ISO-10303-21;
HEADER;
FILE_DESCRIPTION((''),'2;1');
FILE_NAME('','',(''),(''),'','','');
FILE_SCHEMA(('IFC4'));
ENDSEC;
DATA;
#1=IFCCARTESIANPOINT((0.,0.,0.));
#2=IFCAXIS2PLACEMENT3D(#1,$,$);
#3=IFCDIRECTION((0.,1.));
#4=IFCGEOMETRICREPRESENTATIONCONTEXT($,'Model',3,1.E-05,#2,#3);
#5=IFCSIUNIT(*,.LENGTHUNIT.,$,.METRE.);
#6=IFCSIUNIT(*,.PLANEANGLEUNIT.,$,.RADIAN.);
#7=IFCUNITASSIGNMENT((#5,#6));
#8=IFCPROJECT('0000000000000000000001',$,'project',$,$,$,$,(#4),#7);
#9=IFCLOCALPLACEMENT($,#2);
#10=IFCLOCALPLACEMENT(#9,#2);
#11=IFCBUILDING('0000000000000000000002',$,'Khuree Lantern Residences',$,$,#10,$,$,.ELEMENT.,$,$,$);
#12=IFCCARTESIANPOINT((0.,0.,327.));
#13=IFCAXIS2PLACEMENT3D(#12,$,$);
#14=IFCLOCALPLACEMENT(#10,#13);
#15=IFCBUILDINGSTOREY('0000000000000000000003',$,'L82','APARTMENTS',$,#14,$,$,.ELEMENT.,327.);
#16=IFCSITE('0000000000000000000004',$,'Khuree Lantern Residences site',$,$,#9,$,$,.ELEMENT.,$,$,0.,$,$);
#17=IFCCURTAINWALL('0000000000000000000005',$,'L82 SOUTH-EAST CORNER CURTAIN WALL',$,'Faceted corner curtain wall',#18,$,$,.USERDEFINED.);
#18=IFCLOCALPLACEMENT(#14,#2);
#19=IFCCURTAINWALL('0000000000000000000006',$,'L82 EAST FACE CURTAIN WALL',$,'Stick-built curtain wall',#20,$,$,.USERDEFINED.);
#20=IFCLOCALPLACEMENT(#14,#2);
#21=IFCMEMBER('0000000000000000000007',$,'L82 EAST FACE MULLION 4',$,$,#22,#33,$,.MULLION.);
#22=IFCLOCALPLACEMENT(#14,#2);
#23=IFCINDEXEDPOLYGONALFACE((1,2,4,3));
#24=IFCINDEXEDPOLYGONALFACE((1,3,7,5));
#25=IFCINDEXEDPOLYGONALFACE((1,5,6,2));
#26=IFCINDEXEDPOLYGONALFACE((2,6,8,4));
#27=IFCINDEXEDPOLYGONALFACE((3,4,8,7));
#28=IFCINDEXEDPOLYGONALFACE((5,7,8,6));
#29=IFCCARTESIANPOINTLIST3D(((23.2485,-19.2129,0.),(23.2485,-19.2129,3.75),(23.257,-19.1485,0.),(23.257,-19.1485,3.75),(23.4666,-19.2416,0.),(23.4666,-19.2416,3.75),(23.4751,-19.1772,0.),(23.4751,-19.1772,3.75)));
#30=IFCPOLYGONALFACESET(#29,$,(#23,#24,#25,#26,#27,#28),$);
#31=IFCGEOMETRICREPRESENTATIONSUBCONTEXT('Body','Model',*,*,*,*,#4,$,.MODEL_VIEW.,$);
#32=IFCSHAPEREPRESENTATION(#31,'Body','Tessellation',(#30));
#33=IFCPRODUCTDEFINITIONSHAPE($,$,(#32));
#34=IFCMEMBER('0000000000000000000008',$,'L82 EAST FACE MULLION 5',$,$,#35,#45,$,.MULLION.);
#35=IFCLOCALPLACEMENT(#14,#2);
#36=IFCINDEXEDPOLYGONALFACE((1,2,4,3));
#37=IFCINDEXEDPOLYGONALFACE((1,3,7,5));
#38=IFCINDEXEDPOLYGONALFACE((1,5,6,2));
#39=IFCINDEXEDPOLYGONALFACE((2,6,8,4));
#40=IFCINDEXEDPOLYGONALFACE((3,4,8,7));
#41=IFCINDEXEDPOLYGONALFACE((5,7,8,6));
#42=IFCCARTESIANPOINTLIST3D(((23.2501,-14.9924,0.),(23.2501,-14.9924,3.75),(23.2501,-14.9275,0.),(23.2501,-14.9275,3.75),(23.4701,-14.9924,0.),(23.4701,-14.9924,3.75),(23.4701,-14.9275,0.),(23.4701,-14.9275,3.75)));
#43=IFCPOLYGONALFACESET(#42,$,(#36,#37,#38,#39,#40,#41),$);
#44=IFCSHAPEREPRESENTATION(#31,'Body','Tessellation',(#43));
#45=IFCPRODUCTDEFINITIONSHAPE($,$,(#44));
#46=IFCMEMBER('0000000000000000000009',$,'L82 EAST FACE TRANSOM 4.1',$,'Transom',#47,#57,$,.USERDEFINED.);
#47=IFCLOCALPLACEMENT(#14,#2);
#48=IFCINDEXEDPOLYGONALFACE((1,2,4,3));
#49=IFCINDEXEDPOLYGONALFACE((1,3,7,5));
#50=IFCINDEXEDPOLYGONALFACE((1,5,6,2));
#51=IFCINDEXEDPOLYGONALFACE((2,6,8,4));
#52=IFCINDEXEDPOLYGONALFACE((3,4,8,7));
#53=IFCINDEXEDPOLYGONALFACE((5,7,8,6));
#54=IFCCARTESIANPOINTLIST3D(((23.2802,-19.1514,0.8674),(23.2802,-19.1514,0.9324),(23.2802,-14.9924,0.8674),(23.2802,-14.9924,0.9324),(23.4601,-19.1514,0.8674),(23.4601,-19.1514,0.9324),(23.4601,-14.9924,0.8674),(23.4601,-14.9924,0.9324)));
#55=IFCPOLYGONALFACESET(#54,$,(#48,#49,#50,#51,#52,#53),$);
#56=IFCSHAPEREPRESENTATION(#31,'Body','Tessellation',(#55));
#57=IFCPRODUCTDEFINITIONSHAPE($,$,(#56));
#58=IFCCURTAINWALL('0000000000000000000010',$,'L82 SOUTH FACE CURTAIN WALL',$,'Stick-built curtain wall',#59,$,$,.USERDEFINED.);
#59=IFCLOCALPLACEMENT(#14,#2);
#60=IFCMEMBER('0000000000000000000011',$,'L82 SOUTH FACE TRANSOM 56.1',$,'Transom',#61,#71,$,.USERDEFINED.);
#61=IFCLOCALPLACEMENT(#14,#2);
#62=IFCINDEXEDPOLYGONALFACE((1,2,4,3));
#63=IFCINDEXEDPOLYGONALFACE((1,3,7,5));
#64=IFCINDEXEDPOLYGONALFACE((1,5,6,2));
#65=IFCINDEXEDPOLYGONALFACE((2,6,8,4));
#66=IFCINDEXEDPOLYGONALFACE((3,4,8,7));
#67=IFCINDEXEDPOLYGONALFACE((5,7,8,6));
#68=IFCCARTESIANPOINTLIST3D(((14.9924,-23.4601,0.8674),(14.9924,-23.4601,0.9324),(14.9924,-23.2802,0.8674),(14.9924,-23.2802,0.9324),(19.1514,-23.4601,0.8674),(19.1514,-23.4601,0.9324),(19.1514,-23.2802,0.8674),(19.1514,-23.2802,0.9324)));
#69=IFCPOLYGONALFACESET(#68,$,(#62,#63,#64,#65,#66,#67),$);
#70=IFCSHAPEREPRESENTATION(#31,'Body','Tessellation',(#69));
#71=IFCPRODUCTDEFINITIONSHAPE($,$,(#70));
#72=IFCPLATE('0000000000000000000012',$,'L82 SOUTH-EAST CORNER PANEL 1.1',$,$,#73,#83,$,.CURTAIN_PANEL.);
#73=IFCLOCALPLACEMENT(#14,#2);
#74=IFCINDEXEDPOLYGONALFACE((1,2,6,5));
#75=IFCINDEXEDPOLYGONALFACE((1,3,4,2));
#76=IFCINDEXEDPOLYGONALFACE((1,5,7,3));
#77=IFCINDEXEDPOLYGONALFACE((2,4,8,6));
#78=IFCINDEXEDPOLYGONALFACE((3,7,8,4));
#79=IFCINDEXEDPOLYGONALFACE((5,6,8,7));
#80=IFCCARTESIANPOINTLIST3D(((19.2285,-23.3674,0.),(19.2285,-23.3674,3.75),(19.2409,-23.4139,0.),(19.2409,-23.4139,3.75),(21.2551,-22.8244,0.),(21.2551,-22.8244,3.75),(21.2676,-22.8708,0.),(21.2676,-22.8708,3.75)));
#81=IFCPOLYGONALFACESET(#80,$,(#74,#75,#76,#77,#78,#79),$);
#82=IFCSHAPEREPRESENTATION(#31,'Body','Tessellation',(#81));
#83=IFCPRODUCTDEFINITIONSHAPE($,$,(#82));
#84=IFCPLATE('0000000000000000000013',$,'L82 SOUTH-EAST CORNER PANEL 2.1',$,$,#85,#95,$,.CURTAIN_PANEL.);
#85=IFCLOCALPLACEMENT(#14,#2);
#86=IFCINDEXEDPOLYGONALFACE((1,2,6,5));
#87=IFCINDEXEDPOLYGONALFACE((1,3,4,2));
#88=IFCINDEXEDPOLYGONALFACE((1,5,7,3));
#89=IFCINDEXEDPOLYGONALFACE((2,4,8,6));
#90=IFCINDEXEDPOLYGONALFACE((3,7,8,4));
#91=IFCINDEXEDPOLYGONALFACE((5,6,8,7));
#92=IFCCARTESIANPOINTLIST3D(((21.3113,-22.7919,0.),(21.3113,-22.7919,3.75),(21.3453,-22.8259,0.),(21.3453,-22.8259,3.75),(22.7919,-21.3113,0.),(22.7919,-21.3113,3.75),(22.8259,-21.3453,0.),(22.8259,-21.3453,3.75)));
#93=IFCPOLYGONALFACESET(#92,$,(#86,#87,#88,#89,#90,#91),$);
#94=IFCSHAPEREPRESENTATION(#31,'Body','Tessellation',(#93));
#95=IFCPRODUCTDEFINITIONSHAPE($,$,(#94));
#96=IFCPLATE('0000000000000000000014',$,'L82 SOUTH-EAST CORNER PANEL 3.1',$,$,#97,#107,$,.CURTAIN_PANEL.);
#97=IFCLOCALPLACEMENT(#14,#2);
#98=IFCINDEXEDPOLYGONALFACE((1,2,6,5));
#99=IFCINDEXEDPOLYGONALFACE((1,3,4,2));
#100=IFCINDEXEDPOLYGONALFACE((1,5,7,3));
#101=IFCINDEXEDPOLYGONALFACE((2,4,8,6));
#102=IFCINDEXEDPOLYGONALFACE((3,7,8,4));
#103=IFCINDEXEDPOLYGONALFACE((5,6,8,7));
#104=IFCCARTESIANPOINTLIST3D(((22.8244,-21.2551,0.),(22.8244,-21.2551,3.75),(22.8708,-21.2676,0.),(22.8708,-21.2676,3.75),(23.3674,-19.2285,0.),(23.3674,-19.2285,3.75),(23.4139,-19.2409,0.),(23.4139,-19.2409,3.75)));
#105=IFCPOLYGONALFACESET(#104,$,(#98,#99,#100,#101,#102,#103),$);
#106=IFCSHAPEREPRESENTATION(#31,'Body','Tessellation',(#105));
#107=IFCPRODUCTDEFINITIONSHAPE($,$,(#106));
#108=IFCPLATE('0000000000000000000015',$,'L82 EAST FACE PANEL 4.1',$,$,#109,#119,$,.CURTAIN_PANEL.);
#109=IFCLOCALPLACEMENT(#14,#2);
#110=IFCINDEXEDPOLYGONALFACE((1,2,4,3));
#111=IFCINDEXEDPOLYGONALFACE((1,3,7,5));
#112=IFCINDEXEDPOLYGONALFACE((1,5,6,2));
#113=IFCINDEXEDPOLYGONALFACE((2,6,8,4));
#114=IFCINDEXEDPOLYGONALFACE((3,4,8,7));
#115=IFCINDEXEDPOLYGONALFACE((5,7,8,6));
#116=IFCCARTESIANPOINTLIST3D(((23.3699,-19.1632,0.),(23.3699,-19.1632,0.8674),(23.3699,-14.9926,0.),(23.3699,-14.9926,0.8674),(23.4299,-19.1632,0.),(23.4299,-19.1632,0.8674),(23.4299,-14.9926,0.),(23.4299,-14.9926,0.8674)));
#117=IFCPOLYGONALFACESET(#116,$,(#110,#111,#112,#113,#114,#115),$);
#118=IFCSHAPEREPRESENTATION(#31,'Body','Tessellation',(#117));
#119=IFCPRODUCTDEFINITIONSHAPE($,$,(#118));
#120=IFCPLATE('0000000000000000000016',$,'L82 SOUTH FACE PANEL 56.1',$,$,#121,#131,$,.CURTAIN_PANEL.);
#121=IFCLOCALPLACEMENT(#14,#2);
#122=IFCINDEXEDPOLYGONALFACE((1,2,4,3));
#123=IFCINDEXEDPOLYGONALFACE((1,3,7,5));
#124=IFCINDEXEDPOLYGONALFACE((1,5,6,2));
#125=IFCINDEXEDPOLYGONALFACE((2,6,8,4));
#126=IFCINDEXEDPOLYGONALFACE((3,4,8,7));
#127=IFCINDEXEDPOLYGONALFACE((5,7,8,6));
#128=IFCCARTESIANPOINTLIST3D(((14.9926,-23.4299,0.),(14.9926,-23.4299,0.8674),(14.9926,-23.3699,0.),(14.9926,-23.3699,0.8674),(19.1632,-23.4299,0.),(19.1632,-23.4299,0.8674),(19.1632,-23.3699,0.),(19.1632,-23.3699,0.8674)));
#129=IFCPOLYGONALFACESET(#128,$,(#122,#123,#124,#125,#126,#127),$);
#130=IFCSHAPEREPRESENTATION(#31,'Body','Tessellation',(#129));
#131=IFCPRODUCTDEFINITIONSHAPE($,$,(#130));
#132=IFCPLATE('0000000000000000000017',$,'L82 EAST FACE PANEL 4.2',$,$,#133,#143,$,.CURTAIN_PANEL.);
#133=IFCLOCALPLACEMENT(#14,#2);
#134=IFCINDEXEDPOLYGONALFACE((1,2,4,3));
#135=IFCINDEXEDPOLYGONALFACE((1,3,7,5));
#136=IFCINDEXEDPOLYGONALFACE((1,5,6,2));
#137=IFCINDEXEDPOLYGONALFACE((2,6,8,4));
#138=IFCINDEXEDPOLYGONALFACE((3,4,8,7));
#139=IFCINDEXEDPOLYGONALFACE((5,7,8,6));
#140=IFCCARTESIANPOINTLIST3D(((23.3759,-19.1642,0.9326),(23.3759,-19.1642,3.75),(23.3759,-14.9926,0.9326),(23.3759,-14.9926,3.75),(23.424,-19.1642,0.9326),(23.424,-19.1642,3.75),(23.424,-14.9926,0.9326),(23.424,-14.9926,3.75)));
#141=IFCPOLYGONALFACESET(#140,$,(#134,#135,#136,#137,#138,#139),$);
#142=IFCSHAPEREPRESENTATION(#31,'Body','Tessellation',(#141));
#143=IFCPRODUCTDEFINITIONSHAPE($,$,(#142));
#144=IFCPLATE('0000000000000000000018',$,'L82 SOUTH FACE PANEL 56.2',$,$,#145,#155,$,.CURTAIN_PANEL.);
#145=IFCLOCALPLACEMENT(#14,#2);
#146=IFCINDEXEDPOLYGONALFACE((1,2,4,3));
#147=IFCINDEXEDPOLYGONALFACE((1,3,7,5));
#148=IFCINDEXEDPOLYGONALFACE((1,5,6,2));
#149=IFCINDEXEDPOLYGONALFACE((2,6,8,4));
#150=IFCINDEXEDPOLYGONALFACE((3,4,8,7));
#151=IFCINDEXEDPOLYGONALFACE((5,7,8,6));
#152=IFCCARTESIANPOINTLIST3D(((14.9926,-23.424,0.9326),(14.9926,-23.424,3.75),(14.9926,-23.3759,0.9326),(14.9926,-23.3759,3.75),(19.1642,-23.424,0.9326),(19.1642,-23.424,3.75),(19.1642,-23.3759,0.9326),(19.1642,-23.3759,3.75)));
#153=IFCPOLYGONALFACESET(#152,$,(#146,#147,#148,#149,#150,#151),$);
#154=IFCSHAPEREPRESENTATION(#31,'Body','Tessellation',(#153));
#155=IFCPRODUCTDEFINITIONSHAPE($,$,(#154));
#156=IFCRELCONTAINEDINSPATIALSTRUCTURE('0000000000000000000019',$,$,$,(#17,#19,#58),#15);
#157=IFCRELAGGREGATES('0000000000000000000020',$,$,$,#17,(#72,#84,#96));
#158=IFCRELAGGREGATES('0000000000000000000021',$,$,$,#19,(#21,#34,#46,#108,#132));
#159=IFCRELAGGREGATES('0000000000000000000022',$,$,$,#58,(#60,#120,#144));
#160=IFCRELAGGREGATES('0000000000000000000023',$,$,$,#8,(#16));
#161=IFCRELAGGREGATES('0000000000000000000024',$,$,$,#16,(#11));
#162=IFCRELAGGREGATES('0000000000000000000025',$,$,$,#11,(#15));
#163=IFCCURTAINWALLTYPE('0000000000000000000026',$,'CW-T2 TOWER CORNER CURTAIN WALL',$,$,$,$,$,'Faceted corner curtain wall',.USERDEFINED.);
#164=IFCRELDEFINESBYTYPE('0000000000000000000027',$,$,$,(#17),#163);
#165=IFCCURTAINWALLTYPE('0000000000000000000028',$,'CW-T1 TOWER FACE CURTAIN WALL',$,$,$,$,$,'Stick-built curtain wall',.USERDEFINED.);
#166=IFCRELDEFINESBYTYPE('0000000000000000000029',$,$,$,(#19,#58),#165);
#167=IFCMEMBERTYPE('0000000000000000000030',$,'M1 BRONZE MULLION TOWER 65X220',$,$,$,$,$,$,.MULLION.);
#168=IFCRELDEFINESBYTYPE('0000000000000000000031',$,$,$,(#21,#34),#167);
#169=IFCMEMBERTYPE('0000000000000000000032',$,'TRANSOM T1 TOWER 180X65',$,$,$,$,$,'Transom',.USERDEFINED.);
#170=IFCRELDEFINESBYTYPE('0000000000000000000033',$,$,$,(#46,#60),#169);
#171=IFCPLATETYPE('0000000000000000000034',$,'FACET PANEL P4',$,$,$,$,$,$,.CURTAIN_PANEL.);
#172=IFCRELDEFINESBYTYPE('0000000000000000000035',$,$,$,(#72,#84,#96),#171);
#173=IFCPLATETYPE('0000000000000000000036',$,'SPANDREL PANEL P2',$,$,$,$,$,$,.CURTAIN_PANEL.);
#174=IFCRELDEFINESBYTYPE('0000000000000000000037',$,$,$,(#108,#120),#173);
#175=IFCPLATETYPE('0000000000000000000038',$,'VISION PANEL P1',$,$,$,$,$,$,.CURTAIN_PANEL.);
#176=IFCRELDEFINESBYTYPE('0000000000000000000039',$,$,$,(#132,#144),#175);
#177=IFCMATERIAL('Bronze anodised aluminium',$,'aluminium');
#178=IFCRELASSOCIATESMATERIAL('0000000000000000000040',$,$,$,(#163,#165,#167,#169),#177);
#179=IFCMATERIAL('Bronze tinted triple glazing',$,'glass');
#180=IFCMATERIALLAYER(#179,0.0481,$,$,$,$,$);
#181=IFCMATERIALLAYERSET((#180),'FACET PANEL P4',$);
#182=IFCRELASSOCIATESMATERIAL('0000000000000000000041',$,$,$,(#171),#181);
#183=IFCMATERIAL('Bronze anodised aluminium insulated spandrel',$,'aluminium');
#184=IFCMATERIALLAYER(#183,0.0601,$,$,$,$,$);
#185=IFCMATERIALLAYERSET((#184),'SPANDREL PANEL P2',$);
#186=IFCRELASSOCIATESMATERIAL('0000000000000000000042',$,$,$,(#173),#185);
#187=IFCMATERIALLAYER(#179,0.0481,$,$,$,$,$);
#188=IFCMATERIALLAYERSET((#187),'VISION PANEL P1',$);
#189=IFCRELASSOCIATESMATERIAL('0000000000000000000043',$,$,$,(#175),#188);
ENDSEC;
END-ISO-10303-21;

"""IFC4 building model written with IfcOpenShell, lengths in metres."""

from ifc_helpers import new_model, si_unit, direction, frame, origin, origin_2d, place, context, subcontext, project, spatial, rectangle, extrude, material, layer, layer_set, material_profile, profile_set, type_object, element, aggregate, save


model = new_model("IFC4")

# Units and contexts
model_context = context("Model", 3, precision=1e-05, world=origin(), true_north=direction((0.0, 1.0)))
body_context = subcontext(model_context, "Body", "Model", "MODEL_VIEW")
ifc_project = project(units=[si_unit("LENGTHUNIT", "METRE"), si_unit("PLANEANGLEUNIT", "RADIAN")], contexts=[model_context])

# Site, building, storey
site_placement = place(None, origin())
site = spatial("IfcSite", under=ifc_project, at=site_placement, Name="Khuree Lantern Residences site", CompositionType="ELEMENT", RefElevation=0.0)
building_placement = place(site_placement, origin())
building = spatial("IfcBuilding", under=site, at=building_placement, Name="Khuree Lantern Residences", CompositionType="ELEMENT")
storey_placement = place(building_placement, frame((0.0, 0.0, 327.0)))
storey = spatial("IfcBuildingStorey", under=building, at=storey_placement, Name="L82", Description="APARTMENTS", CompositionType="ELEMENT", Elevation=327.0)

# Curtain wall
ifc_material_1 = material(Name="Bronze anodised aluminium", Category="aluminium")
curtain_wall_type_1 = type_object("IfcCurtainWallType", Name="CW-T2 TOWER CORNER CURTAIN WALL", ElementType="Faceted corner curtain wall", PredefinedType="USERDEFINED", material=ifc_material_1)
curtain_wall_1_placement = place(storey_placement, origin())
curtain_wall_1 = element("IfcCurtainWall", 1, at=curtain_wall_1_placement, inside=storey, type_object=curtain_wall_type_1, Name="L82 SOUTH-EAST CORNER CURTAIN WALL", ObjectType="Faceted corner curtain wall", PredefinedType="USERDEFINED")

# Shared definitions
ifc_material_profile_1 = material_profile(ifc_material_1, rectangle(XDim=0.0649, YDim=0.22, at=origin_2d()), Name="M1 65X220")
ifc_profile_set_1 = profile_set([ifc_material_profile_1], Name="Bronze anodised aluminium")
member_type_1 = type_object("IfcMemberType", Name="M1 BRONZE MULLION TOWER 65X220", PredefinedType="MULLION", material=ifc_profile_set_1)

# Curtain wall, members
curtain_wall_type_2 = type_object("IfcCurtainWallType", Name="CW-T1 TOWER FACE CURTAIN WALL", ElementType="Stick-built curtain wall", PredefinedType="USERDEFINED", material=ifc_material_1)
curtain_wall_2_placement = place(storey_placement, origin())
curtain_wall_2 = element("IfcCurtainWall", 2, at=curtain_wall_2_placement, inside=storey, type_object=curtain_wall_type_2, Name="L82 EAST FACE CURTAIN WALL", ObjectType="Stick-built curtain wall", PredefinedType="USERDEFINED")
member_1_placement = place(storey_placement, frame((23.3618, -19.1951, 0.0), z_axis=(0.0, 0.0, 1.0), x_axis=(0.130526, 0.991445, 0.0)))
member_1 = element("IfcMember", 3, at=member_1_placement, type_object=member_type_1, Name="L82 EAST FACE MULLION 4", PredefinedType="MULLION", context=body_context, shape_type="SweptSolid", body=[
    extrude(rectangle(XDim=0.0649, YDim=0.22, at=origin_2d()), origin(), (0.0, 0.0, 1.0), 3.75),
])
member_2_placement = place(storey_placement, frame((23.3601, -14.96, 0.0), z_axis=(0.0, 0.0, 1.0), x_axis=(0.0, 1.0, 0.0)))
member_2 = element("IfcMember", 4, at=member_2_placement, type_object=member_type_1, Name="L82 EAST FACE MULLION 5", PredefinedType="MULLION", context=body_context, shape_type="SweptSolid", body=[
    extrude(rectangle(XDim=0.0649, YDim=0.22, at=origin_2d()), origin(), (0.0, 0.0, 1.0), 3.75),
])
ifc_material_profile_2 = material_profile(ifc_material_1, rectangle(XDim=0.1799, YDim=0.0649, at=origin_2d()), Name="T1 180X65")
ifc_profile_set_2 = profile_set([ifc_material_profile_2], Name="Bronze anodised aluminium")
member_type_2 = type_object("IfcMemberType", Name="TRANSOM T1 TOWER 180X65", ElementType="Transom", PredefinedType="USERDEFINED", material=ifc_profile_set_2)
member_3_placement = place(storey_placement, frame((23.3701, -19.1514, 0.8999), z_axis=(0.0, 1.0, 0.0), x_axis=(-1.0, 0.0, 0.0)))
member_3 = element("IfcMember", 5, at=member_3_placement, type_object=member_type_2, Name="L82 EAST FACE TRANSOM 4.1", ObjectType="Transom", PredefinedType="USERDEFINED", context=body_context, shape_type="SweptSolid", body=[
    extrude(rectangle(XDim=0.1799, YDim=0.0649, at=origin_2d()), origin(), (0.0, 0.0, 1.0), 4.1589),
])

# Curtain wall, member
curtain_wall_3_placement = place(storey_placement, origin())
curtain_wall_3 = element("IfcCurtainWall", 6, at=curtain_wall_3_placement, inside=storey, type_object=curtain_wall_type_2, Name="L82 SOUTH FACE CURTAIN WALL", ObjectType="Stick-built curtain wall", PredefinedType="USERDEFINED")
member_4_placement = place(storey_placement, frame((14.9924, -23.3701, 0.8999), z_axis=(1.0, 0.0, 0.0), x_axis=(0.0, 1.0, 0.0)))
member_4 = element("IfcMember", 7, at=member_4_placement, type_object=member_type_2, Name="L82 SOUTH FACE TRANSOM 56.1", ObjectType="Transom", PredefinedType="USERDEFINED", context=body_context, shape_type="SweptSolid", body=[
    extrude(rectangle(XDim=0.1799, YDim=0.0649, at=origin_2d()), origin(), (0.0, 0.0, 1.0), 4.1589),
])

# Plates
ifc_material_2 = material(Name="Bronze tinted triple glazing", Category="glass")
ifc_layer_1 = layer(ifc_material_2, 0.0481)
ifc_layer_set_1 = layer_set([ifc_layer_1], Name="FACET PANEL P4")
plate_type_1 = type_object("IfcPlateType", Name="FACET PANEL P4", PredefinedType="CURTAIN_PANEL", material=ifc_layer_set_1)
plate_1_placement = place(storey_placement, frame((20.248, -23.1191, 0.0), z_axis=(0.0, 0.0, 1.0), x_axis=(0.965926, 0.258819, 0.0)))
plate_1 = element("IfcPlate", 8, at=plate_1_placement, type_object=plate_type_1, Name="L82 SOUTH-EAST CORNER PANEL 1.1", PredefinedType="CURTAIN_PANEL", context=body_context, shape_type="SweptSolid", body=[
    extrude(rectangle(XDim=2.0981, YDim=0.0481, at=origin_2d()), origin(), (0.0, 0.0, 1.0), 3.75),
])
plate_2_placement = place(storey_placement, frame((22.0686, -22.0686, 0.0), z_axis=(0.0, 0.0, 1.0), x_axis=(0.707107, 0.707107, 0.0)))
plate_2 = element("IfcPlate", 9, at=plate_2_placement, type_object=plate_type_1, Name="L82 SOUTH-EAST CORNER PANEL 2.1", PredefinedType="CURTAIN_PANEL", context=body_context, shape_type="SweptSolid", body=[
    extrude(rectangle(XDim=2.094, YDim=0.0481, at=origin_2d()), origin(), (0.0, 0.0, 1.0), 3.75),
])
plate_3_placement = place(storey_placement, frame((23.1191, -20.248, 0.0), z_axis=(0.0, 0.0, 1.0), x_axis=(0.258819, 0.965926, 0.0)))
plate_3 = element("IfcPlate", 10, at=plate_3_placement, type_object=plate_type_1, Name="L82 SOUTH-EAST CORNER PANEL 3.1", PredefinedType="CURTAIN_PANEL", context=body_context, shape_type="SweptSolid", body=[
    extrude(rectangle(XDim=2.0981, YDim=0.0481, at=origin_2d()), origin(), (0.0, 0.0, 1.0), 3.75),
])
aggregate(curtain_wall_1, [plate_1, plate_2, plate_3])
ifc_material_3 = material(Name="Bronze anodised aluminium insulated spandrel", Category="aluminium")
ifc_layer_2 = layer(ifc_material_3, 0.0601)
ifc_layer_set_2 = layer_set([ifc_layer_2], Name="SPANDREL PANEL P2")
plate_type_2 = type_object("IfcPlateType", Name="SPANDREL PANEL P2", PredefinedType="CURTAIN_PANEL", material=ifc_layer_set_2)
plate_4_placement = place(storey_placement, frame((23.3999, -17.0779, 0.0), z_axis=(0.0, 0.0, 1.0), x_axis=(0.0, 1.0, 0.0)))
plate_4 = element("IfcPlate", 11, at=plate_4_placement, type_object=plate_type_2, Name="L82 EAST FACE PANEL 4.1", PredefinedType="CURTAIN_PANEL", context=body_context, shape_type="SweptSolid", body=[
    extrude(rectangle(XDim=4.1707, YDim=0.0601, at=origin_2d()), origin(), (0.0, 0.0, 1.0), 0.8674),
])
plate_5_placement = place(storey_placement, frame((17.0779, -23.3999, 0.0), z_axis=(0.0, 0.0, 1.0), x_axis=(1.0, 0.0, 0.0)))
plate_5 = element("IfcPlate", 12, at=plate_5_placement, type_object=plate_type_2, Name="L82 SOUTH FACE PANEL 56.1", PredefinedType="CURTAIN_PANEL", context=body_context, shape_type="SweptSolid", body=[
    extrude(rectangle(XDim=4.1707, YDim=0.0601, at=origin_2d()), origin(), (0.0, 0.0, 1.0), 0.8674),
])
ifc_layer_3 = layer(ifc_material_2, 0.0481)
ifc_layer_set_3 = layer_set([ifc_layer_3], Name="VISION PANEL P1")
plate_type_3 = type_object("IfcPlateType", Name="VISION PANEL P1", PredefinedType="CURTAIN_PANEL", material=ifc_layer_set_3)
plate_6_placement = place(storey_placement, frame((23.3999, -17.0784, 0.9326), z_axis=(0.0, 0.0, 1.0), x_axis=(0.0, 1.0, 0.0)))
plate_6 = element("IfcPlate", 13, at=plate_6_placement, type_object=plate_type_3, Name="L82 EAST FACE PANEL 4.2", PredefinedType="CURTAIN_PANEL", context=body_context, shape_type="SweptSolid", body=[
    extrude(rectangle(XDim=4.1716, YDim=0.0481, at=origin_2d()), origin(), (0.0, 0.0, 1.0), 2.8174),
])
aggregate(curtain_wall_2, [member_1, member_2, member_3, plate_4, plate_6])
plate_7_placement = place(storey_placement, frame((17.0784, -23.3999, 0.9326), z_axis=(0.0, 0.0, 1.0), x_axis=(1.0, 0.0, 0.0)))
plate_7 = element("IfcPlate", 14, at=plate_7_placement, type_object=plate_type_3, Name="L82 SOUTH FACE PANEL 56.2", PredefinedType="CURTAIN_PANEL", context=body_context, shape_type="SweptSolid", body=[
    extrude(rectangle(XDim=4.1716, YDim=0.0481, at=origin_2d()), origin(), (0.0, 0.0, 1.0), 2.8174),
])
aggregate(curtain_wall_3, [member_4, plate_5, plate_7])

save(model, "model.ifc")
